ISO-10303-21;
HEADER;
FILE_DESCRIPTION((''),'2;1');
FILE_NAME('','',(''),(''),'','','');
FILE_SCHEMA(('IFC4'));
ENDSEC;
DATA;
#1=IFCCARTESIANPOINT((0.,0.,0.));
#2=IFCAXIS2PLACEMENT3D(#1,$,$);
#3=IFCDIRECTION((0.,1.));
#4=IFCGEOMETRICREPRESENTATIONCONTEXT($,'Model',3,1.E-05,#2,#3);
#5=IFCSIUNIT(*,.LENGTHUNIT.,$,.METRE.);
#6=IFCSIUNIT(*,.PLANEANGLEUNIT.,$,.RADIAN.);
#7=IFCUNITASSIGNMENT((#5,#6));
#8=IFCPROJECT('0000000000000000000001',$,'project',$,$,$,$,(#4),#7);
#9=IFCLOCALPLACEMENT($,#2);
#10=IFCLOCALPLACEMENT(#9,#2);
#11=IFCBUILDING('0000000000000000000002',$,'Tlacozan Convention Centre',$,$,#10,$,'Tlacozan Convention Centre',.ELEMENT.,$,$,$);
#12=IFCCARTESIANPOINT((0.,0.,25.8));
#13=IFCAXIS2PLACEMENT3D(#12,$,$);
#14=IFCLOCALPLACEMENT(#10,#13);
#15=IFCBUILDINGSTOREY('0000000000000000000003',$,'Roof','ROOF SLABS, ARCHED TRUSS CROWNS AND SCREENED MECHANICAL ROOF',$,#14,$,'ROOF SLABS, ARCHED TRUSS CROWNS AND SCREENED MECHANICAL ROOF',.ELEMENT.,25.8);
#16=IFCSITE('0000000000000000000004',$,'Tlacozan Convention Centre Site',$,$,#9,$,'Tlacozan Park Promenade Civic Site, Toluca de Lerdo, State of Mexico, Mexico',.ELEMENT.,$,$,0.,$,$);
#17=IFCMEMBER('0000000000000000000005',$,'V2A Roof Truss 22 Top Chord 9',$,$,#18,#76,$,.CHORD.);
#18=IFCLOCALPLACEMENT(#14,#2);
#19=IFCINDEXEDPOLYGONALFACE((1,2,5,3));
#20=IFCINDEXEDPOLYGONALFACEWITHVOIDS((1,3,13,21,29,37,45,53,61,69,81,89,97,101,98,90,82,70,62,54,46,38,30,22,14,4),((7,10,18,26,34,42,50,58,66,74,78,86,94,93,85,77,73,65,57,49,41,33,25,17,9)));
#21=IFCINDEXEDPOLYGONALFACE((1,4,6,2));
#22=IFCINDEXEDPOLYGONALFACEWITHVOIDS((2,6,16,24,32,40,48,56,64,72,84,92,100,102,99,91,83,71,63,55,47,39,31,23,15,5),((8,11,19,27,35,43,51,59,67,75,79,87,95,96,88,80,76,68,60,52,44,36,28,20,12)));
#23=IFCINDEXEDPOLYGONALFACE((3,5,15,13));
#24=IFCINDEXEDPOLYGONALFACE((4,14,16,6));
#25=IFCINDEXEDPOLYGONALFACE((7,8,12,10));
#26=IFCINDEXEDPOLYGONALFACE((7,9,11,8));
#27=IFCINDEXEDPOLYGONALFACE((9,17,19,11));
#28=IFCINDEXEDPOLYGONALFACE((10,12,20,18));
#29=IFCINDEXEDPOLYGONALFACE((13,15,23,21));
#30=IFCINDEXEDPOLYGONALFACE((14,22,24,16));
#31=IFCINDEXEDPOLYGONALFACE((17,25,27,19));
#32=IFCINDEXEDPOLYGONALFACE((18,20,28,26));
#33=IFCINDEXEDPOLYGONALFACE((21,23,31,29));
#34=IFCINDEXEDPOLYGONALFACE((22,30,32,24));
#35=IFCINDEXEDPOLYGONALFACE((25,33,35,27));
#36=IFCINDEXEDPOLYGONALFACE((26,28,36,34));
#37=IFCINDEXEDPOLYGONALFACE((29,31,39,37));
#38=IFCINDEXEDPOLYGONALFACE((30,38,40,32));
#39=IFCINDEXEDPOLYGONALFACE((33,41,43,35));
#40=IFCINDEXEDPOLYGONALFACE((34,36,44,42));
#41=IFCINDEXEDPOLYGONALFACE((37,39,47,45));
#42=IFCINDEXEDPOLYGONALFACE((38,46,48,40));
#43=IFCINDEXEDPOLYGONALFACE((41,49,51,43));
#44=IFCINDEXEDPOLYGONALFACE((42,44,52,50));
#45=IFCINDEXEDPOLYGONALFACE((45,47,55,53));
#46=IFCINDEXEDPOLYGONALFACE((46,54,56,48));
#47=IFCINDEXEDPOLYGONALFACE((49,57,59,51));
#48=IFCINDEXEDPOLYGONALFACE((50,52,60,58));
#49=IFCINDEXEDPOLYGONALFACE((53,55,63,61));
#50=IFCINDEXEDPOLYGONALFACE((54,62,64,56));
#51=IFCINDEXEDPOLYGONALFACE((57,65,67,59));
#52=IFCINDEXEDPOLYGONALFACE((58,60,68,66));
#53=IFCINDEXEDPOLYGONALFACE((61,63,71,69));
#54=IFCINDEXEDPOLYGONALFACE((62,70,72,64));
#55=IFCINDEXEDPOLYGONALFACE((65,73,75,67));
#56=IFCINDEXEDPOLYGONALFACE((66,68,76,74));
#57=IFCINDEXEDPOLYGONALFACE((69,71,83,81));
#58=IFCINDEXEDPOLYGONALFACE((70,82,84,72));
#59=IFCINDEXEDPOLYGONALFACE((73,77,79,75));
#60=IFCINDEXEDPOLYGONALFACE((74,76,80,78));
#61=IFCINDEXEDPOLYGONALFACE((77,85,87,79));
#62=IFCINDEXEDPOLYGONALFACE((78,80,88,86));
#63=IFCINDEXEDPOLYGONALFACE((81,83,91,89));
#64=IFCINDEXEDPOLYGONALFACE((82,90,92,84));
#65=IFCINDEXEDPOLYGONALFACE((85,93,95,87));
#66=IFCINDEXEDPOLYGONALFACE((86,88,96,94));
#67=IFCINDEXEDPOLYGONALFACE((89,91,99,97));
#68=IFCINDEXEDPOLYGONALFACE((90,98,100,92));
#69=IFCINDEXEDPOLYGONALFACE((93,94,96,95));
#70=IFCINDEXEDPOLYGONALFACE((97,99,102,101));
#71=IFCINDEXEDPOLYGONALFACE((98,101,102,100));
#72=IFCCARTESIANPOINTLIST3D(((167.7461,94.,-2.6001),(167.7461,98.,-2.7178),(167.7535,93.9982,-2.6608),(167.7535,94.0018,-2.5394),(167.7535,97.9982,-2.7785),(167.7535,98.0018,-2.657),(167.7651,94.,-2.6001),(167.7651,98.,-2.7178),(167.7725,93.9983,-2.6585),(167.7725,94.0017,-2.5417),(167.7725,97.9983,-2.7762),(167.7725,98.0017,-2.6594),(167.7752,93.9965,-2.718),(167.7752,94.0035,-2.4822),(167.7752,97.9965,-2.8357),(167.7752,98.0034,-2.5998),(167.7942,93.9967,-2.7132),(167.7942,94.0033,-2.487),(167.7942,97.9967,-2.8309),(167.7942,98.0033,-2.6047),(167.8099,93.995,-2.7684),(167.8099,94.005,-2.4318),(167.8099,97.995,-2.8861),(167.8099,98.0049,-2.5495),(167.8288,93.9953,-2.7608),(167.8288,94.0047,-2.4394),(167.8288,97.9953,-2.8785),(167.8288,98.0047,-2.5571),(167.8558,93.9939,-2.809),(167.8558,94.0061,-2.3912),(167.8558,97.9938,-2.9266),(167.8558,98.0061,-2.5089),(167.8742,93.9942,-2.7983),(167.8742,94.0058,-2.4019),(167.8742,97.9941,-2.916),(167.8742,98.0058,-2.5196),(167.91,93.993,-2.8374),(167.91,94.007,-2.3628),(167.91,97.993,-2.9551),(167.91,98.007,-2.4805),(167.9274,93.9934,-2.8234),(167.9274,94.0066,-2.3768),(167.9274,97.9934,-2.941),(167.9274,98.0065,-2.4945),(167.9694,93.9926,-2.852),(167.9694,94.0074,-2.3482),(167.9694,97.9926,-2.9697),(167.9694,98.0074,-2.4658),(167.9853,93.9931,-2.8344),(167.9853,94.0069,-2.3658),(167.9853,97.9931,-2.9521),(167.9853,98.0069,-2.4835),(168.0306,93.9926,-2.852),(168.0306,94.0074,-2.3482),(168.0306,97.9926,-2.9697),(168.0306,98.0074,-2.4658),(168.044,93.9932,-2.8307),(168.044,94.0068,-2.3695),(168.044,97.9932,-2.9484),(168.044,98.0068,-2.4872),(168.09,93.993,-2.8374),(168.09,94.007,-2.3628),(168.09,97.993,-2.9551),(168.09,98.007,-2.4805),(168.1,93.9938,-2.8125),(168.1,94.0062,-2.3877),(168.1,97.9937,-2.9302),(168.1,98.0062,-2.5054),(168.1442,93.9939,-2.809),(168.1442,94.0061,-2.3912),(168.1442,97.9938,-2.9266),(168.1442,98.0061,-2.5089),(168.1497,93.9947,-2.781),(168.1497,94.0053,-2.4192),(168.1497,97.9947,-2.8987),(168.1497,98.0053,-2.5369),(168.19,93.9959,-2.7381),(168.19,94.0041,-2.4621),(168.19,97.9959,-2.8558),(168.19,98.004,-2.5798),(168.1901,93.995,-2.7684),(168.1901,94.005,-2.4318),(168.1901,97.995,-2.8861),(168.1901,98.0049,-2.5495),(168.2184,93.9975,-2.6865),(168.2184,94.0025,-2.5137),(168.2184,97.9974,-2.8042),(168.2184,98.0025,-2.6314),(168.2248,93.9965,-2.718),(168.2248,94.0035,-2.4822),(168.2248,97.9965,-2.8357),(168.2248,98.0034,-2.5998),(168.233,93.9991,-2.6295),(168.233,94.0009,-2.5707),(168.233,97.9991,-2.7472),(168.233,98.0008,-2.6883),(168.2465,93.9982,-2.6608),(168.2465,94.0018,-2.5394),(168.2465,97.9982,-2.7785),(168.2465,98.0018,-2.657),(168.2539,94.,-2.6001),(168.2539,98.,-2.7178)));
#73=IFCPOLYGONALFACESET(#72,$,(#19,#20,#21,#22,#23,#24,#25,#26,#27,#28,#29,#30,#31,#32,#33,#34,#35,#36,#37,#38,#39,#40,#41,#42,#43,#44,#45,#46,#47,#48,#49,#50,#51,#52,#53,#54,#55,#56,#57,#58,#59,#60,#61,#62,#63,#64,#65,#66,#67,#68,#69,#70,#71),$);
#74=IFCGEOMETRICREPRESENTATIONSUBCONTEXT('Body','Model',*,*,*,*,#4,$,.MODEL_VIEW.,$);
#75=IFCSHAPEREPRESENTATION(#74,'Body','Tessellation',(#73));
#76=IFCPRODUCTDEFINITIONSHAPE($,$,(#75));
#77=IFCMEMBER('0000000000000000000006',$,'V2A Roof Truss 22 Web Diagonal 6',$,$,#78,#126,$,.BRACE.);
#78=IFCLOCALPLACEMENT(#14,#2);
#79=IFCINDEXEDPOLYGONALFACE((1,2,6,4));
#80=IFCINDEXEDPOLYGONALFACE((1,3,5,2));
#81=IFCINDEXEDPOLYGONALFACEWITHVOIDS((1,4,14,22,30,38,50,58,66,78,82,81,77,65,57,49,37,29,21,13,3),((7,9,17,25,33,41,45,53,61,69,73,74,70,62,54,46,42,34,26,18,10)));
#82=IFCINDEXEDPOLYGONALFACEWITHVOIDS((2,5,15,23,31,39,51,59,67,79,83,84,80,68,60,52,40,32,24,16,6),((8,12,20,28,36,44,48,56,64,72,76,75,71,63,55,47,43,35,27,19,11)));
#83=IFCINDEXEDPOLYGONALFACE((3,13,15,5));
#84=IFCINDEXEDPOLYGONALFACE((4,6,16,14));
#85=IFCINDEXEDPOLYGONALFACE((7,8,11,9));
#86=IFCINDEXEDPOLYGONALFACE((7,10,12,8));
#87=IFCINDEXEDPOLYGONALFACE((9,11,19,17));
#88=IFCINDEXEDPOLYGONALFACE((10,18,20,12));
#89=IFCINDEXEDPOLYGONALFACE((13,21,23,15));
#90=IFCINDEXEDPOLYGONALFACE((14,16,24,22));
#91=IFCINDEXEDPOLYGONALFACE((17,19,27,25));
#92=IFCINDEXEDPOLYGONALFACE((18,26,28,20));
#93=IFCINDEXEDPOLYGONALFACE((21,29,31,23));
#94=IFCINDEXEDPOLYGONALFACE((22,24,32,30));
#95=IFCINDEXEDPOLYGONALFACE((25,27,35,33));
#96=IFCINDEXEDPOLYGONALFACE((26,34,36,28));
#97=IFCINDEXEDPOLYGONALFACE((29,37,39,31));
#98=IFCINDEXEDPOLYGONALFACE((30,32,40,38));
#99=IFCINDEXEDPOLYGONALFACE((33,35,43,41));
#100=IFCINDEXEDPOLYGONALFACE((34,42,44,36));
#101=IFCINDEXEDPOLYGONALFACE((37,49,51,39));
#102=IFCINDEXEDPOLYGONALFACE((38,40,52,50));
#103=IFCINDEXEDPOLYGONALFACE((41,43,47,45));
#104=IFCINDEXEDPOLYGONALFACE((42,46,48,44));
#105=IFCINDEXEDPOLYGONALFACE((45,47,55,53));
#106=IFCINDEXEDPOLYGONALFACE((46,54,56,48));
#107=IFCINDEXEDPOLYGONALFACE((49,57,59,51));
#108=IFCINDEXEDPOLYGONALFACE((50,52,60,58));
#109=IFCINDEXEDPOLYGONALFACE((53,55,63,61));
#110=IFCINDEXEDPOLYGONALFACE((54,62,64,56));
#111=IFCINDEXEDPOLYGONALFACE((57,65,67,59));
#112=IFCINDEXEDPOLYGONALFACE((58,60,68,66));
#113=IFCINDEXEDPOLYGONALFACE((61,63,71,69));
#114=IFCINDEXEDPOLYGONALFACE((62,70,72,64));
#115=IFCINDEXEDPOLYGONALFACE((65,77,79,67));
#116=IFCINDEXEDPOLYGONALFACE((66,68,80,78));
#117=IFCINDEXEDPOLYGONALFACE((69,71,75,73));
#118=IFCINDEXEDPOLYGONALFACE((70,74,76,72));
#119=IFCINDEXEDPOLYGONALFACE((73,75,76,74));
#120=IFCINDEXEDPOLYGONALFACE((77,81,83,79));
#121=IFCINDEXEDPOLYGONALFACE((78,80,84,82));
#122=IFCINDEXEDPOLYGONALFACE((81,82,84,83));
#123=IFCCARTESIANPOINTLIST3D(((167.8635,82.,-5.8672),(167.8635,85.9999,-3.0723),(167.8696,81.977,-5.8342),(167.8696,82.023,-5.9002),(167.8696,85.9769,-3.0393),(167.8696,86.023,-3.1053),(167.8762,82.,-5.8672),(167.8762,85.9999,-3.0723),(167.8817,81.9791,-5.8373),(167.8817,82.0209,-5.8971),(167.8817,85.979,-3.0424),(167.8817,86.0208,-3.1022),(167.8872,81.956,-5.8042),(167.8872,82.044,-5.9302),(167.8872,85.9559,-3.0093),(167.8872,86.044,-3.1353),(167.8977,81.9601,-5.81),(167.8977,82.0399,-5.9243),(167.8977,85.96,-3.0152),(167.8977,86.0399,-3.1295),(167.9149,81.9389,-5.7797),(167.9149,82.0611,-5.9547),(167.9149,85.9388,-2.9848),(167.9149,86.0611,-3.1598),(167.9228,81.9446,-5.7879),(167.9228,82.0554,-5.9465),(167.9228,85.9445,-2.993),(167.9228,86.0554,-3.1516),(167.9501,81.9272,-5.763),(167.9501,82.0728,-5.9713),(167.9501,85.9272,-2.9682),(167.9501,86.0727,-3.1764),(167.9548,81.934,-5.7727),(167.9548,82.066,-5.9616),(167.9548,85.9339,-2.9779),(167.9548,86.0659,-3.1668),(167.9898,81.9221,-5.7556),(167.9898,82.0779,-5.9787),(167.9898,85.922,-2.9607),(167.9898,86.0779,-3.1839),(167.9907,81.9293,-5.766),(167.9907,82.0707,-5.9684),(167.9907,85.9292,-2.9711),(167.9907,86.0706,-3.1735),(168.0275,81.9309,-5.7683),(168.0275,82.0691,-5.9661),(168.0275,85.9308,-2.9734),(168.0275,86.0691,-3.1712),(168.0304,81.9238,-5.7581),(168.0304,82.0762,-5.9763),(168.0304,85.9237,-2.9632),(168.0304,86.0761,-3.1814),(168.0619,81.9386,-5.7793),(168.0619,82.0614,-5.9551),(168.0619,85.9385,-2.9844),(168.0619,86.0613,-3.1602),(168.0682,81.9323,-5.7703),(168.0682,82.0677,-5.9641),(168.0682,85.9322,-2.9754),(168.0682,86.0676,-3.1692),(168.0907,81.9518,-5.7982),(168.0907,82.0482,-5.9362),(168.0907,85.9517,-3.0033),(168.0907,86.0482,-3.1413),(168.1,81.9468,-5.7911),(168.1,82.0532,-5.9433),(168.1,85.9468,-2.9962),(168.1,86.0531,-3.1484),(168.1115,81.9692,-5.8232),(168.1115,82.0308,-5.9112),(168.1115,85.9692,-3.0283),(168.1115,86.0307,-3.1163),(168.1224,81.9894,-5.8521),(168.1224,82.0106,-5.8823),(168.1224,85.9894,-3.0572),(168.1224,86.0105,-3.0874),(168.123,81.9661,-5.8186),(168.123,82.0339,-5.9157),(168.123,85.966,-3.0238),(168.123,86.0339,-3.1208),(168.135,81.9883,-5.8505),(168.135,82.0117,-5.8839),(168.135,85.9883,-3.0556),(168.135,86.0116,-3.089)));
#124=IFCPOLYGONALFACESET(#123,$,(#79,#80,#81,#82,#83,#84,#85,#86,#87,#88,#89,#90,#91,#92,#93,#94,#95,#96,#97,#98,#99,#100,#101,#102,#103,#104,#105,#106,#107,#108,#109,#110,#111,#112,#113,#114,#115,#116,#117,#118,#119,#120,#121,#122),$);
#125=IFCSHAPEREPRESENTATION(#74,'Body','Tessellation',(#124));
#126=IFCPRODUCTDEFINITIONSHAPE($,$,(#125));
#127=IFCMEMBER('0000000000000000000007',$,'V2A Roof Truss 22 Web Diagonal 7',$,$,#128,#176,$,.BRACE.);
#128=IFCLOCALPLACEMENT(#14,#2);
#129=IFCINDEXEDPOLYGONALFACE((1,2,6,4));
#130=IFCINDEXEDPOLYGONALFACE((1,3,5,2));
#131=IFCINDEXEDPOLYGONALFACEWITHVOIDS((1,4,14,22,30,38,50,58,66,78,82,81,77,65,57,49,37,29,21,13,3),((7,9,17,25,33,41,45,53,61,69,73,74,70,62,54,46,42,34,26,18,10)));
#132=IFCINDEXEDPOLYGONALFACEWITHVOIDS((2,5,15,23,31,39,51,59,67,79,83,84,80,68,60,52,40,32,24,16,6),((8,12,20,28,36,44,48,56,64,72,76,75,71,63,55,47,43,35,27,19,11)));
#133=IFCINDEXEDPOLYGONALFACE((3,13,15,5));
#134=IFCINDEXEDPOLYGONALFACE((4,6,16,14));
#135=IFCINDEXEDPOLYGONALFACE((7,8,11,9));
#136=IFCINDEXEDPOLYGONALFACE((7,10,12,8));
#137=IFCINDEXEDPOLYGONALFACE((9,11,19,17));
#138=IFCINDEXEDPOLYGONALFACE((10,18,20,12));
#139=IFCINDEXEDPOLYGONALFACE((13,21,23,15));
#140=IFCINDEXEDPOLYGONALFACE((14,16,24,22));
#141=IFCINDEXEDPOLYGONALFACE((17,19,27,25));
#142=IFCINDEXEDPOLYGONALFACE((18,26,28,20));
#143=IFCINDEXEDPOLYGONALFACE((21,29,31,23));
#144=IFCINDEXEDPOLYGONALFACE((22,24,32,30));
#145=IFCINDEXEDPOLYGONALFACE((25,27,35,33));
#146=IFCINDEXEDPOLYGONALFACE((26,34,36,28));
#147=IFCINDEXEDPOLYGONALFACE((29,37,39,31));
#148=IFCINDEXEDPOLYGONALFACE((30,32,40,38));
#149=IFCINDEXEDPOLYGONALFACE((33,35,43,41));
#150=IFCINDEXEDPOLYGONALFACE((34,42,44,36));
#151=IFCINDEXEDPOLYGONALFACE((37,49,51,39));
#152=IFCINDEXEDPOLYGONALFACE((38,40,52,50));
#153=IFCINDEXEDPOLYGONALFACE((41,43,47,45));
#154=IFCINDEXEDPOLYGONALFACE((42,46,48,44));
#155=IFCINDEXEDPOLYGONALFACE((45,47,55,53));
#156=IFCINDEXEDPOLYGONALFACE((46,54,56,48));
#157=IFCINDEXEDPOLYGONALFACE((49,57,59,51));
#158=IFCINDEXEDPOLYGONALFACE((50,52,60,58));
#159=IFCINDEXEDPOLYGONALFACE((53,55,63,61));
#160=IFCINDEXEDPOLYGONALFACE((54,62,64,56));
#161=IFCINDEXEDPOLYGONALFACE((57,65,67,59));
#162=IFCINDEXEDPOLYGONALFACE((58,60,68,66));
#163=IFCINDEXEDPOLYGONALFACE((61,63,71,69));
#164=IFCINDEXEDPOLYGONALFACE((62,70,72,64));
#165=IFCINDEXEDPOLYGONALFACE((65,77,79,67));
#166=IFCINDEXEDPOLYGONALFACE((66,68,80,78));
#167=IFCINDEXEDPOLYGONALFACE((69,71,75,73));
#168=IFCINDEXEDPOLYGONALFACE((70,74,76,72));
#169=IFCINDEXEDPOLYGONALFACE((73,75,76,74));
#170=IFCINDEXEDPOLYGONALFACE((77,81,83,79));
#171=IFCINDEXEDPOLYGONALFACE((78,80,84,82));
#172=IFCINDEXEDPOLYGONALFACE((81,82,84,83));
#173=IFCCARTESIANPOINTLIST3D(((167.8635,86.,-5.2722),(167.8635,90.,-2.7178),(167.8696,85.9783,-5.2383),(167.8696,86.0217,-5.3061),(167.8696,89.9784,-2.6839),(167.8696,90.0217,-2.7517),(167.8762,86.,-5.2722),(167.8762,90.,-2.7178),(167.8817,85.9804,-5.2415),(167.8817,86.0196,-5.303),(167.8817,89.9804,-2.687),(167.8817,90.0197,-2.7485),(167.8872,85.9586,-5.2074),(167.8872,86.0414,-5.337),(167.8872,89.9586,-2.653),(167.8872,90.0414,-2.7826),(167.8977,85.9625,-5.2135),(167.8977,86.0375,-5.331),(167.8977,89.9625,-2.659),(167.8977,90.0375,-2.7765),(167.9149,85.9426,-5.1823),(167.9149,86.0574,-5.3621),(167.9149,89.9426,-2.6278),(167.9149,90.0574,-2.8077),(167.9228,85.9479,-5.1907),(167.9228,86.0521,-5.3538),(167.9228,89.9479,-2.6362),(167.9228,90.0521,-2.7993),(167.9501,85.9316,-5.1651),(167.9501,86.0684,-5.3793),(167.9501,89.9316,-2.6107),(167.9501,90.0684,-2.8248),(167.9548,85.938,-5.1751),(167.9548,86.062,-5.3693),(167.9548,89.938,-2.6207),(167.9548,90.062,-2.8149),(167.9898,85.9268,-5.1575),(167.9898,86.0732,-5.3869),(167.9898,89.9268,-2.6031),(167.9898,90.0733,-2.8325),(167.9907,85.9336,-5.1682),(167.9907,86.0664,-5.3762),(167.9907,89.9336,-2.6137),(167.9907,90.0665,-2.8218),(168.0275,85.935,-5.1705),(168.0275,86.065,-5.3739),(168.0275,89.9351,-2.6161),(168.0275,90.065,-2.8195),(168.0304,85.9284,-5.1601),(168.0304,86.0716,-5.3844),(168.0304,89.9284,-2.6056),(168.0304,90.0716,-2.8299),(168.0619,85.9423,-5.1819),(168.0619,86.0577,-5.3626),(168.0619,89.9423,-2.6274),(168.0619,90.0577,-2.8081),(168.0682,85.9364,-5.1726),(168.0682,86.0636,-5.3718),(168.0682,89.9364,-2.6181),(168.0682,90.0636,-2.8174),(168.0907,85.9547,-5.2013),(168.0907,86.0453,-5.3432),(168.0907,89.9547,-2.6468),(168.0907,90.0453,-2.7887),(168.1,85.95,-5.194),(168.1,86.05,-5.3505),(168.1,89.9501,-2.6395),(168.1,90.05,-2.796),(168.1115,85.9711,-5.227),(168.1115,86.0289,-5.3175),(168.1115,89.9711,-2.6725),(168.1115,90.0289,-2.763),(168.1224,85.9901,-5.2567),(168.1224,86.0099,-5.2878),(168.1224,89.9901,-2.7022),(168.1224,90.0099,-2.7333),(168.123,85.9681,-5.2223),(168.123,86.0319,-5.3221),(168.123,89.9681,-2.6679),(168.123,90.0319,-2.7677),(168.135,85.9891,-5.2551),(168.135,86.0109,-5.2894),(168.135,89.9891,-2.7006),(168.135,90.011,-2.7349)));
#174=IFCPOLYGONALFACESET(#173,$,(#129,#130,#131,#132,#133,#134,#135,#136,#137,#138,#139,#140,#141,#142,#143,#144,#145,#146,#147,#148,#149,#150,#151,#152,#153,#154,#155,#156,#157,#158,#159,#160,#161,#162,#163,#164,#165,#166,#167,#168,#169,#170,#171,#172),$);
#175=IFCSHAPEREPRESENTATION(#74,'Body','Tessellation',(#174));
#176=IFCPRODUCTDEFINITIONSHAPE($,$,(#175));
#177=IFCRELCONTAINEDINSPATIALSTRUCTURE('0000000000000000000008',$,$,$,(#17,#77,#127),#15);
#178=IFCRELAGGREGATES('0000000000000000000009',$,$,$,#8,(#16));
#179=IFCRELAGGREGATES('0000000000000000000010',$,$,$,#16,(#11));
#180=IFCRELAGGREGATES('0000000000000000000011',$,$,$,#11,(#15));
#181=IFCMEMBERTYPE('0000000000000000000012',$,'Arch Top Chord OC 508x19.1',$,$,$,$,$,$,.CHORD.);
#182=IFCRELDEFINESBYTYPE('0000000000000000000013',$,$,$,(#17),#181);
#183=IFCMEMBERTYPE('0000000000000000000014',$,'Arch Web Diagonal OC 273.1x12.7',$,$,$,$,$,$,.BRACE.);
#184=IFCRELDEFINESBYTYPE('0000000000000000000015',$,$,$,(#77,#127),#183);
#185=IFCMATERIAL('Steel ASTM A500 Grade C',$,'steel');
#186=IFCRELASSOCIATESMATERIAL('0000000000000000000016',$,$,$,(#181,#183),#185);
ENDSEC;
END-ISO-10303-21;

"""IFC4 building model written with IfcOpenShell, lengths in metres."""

from ifc_helpers import new_model, si_unit, direction, frame, origin, origin_2d, place, context, subcontext, project, spatial, hollow_circle, extrude, material, material_profile, profile_set, type_object, element, save


model = new_model("IFC4")

# Units and contexts
model_context = context("Model", 3, precision=1e-05, world=origin(), true_north=direction((0.0, 1.0)))
body_context = subcontext(model_context, "Body", "Model", "MODEL_VIEW")
ifc_project = project(units=[si_unit("LENGTHUNIT", "METRE"), si_unit("PLANEANGLEUNIT", "RADIAN")], contexts=[model_context])

# Site, building, storey
site_placement = place(None, origin())
site = spatial("IfcSite", under=ifc_project, at=site_placement, Name="Tlacozan Convention Centre Site", LongName="Tlacozan Park Promenade Civic Site, Toluca de Lerdo, State of Mexico, Mexico", CompositionType="ELEMENT", RefElevation=0.0)
building_placement = place(site_placement, origin())
building = spatial("IfcBuilding", under=site, at=building_placement, Name="Tlacozan Convention Centre", LongName="Tlacozan Convention Centre", CompositionType="ELEMENT")
storey_placement = place(building_placement, frame((0.0, 0.0, 25.8)))
storey = spatial("IfcBuildingStorey", under=building, at=storey_placement, Name="Roof", Description="ROOF SLABS, ARCHED TRUSS CROWNS AND SCREENED MECHANICAL ROOF", LongName="ROOF SLABS, ARCHED TRUSS CROWNS AND SCREENED MECHANICAL ROOF", CompositionType="ELEMENT", Elevation=25.8)

# Members
ifc_material_1 = material(Name="Steel ASTM A500 Grade C", Category="steel")
ifc_material_profile_1 = material_profile(ifc_material_1, hollow_circle(Radius=0.2539, WallThickness=0.019, at=origin_2d()), Name="OC 508.0x19.1")
ifc_profile_set_1 = profile_set([ifc_material_profile_1], Name="Steel ASTM A500 Grade C")
member_type_1 = type_object("IfcMemberType", Name="Arch Top Chord OC 508x19.1", PredefinedType="CHORD", material=ifc_profile_set_1)
for number, where, z_axis, x_axis, name in (
    (1, (168.0, 94.0, -2.6001), (0.0, 0.999568, -0.029406), (-1.0, 0.0, 0.0), "V2A Roof Truss 22 Top Chord 9"),
):
    element("IfcMember", number, at=place(storey_placement, frame(where, z_axis=z_axis, x_axis=x_axis)), inside=storey, type_object=member_type_1, Name=name, PredefinedType="CHORD", context=body_context, shape_type="SweptSolid", body=[
        extrude(hollow_circle(Radius=0.2539, WallThickness=0.019, at=origin_2d()), origin(), (0.0, 0.0, 1.0), 4.0017),
    ])
ifc_material_profile_2 = material_profile(ifc_material_1, hollow_circle(Radius=0.1365, WallThickness=0.0127, at=origin_2d()), Name="OC 273.1x12.7")
ifc_profile_set_2 = profile_set([ifc_material_profile_2], Name="Steel ASTM A500 Grade C")
member_type_2 = type_object("IfcMemberType", Name="Arch Web Diagonal OC 273.1x12.7", PredefinedType="BRACE", material=ifc_profile_set_2)
member_1_placement = place(storey_placement, frame((168.0, 82.0, -5.8672), z_axis=(0.0, 0.819721, 0.572764), x_axis=(-1.0, 0.0, 0.0)))
element("IfcMember", 2, at=member_1_placement, inside=storey, type_object=member_type_2, Name="V2A Roof Truss 22 Web Diagonal 6", PredefinedType="BRACE", context=body_context, shape_type="SweptSolid", body=[
    extrude(hollow_circle(Radius=0.1365, WallThickness=0.0127, at=origin_2d()), origin(), (0.0, 0.0, 1.0), 4.8796),
])
member_2_placement = place(storey_placement, frame((168.0, 86.0, -5.2722), z_axis=(0.0, 0.842803, 0.538223), x_axis=(-1.0, 0.0, 0.0)))
element("IfcMember", 3, at=member_2_placement, inside=storey, type_object=member_type_2, Name="V2A Roof Truss 22 Web Diagonal 7", PredefinedType="BRACE", context=body_context, shape_type="SweptSolid", body=[
    extrude(hollow_circle(Radius=0.1365, WallThickness=0.0127, at=origin_2d()), origin(), (0.0, 0.0, 1.0), 4.7461),
])

save(model, "model.ifc")
